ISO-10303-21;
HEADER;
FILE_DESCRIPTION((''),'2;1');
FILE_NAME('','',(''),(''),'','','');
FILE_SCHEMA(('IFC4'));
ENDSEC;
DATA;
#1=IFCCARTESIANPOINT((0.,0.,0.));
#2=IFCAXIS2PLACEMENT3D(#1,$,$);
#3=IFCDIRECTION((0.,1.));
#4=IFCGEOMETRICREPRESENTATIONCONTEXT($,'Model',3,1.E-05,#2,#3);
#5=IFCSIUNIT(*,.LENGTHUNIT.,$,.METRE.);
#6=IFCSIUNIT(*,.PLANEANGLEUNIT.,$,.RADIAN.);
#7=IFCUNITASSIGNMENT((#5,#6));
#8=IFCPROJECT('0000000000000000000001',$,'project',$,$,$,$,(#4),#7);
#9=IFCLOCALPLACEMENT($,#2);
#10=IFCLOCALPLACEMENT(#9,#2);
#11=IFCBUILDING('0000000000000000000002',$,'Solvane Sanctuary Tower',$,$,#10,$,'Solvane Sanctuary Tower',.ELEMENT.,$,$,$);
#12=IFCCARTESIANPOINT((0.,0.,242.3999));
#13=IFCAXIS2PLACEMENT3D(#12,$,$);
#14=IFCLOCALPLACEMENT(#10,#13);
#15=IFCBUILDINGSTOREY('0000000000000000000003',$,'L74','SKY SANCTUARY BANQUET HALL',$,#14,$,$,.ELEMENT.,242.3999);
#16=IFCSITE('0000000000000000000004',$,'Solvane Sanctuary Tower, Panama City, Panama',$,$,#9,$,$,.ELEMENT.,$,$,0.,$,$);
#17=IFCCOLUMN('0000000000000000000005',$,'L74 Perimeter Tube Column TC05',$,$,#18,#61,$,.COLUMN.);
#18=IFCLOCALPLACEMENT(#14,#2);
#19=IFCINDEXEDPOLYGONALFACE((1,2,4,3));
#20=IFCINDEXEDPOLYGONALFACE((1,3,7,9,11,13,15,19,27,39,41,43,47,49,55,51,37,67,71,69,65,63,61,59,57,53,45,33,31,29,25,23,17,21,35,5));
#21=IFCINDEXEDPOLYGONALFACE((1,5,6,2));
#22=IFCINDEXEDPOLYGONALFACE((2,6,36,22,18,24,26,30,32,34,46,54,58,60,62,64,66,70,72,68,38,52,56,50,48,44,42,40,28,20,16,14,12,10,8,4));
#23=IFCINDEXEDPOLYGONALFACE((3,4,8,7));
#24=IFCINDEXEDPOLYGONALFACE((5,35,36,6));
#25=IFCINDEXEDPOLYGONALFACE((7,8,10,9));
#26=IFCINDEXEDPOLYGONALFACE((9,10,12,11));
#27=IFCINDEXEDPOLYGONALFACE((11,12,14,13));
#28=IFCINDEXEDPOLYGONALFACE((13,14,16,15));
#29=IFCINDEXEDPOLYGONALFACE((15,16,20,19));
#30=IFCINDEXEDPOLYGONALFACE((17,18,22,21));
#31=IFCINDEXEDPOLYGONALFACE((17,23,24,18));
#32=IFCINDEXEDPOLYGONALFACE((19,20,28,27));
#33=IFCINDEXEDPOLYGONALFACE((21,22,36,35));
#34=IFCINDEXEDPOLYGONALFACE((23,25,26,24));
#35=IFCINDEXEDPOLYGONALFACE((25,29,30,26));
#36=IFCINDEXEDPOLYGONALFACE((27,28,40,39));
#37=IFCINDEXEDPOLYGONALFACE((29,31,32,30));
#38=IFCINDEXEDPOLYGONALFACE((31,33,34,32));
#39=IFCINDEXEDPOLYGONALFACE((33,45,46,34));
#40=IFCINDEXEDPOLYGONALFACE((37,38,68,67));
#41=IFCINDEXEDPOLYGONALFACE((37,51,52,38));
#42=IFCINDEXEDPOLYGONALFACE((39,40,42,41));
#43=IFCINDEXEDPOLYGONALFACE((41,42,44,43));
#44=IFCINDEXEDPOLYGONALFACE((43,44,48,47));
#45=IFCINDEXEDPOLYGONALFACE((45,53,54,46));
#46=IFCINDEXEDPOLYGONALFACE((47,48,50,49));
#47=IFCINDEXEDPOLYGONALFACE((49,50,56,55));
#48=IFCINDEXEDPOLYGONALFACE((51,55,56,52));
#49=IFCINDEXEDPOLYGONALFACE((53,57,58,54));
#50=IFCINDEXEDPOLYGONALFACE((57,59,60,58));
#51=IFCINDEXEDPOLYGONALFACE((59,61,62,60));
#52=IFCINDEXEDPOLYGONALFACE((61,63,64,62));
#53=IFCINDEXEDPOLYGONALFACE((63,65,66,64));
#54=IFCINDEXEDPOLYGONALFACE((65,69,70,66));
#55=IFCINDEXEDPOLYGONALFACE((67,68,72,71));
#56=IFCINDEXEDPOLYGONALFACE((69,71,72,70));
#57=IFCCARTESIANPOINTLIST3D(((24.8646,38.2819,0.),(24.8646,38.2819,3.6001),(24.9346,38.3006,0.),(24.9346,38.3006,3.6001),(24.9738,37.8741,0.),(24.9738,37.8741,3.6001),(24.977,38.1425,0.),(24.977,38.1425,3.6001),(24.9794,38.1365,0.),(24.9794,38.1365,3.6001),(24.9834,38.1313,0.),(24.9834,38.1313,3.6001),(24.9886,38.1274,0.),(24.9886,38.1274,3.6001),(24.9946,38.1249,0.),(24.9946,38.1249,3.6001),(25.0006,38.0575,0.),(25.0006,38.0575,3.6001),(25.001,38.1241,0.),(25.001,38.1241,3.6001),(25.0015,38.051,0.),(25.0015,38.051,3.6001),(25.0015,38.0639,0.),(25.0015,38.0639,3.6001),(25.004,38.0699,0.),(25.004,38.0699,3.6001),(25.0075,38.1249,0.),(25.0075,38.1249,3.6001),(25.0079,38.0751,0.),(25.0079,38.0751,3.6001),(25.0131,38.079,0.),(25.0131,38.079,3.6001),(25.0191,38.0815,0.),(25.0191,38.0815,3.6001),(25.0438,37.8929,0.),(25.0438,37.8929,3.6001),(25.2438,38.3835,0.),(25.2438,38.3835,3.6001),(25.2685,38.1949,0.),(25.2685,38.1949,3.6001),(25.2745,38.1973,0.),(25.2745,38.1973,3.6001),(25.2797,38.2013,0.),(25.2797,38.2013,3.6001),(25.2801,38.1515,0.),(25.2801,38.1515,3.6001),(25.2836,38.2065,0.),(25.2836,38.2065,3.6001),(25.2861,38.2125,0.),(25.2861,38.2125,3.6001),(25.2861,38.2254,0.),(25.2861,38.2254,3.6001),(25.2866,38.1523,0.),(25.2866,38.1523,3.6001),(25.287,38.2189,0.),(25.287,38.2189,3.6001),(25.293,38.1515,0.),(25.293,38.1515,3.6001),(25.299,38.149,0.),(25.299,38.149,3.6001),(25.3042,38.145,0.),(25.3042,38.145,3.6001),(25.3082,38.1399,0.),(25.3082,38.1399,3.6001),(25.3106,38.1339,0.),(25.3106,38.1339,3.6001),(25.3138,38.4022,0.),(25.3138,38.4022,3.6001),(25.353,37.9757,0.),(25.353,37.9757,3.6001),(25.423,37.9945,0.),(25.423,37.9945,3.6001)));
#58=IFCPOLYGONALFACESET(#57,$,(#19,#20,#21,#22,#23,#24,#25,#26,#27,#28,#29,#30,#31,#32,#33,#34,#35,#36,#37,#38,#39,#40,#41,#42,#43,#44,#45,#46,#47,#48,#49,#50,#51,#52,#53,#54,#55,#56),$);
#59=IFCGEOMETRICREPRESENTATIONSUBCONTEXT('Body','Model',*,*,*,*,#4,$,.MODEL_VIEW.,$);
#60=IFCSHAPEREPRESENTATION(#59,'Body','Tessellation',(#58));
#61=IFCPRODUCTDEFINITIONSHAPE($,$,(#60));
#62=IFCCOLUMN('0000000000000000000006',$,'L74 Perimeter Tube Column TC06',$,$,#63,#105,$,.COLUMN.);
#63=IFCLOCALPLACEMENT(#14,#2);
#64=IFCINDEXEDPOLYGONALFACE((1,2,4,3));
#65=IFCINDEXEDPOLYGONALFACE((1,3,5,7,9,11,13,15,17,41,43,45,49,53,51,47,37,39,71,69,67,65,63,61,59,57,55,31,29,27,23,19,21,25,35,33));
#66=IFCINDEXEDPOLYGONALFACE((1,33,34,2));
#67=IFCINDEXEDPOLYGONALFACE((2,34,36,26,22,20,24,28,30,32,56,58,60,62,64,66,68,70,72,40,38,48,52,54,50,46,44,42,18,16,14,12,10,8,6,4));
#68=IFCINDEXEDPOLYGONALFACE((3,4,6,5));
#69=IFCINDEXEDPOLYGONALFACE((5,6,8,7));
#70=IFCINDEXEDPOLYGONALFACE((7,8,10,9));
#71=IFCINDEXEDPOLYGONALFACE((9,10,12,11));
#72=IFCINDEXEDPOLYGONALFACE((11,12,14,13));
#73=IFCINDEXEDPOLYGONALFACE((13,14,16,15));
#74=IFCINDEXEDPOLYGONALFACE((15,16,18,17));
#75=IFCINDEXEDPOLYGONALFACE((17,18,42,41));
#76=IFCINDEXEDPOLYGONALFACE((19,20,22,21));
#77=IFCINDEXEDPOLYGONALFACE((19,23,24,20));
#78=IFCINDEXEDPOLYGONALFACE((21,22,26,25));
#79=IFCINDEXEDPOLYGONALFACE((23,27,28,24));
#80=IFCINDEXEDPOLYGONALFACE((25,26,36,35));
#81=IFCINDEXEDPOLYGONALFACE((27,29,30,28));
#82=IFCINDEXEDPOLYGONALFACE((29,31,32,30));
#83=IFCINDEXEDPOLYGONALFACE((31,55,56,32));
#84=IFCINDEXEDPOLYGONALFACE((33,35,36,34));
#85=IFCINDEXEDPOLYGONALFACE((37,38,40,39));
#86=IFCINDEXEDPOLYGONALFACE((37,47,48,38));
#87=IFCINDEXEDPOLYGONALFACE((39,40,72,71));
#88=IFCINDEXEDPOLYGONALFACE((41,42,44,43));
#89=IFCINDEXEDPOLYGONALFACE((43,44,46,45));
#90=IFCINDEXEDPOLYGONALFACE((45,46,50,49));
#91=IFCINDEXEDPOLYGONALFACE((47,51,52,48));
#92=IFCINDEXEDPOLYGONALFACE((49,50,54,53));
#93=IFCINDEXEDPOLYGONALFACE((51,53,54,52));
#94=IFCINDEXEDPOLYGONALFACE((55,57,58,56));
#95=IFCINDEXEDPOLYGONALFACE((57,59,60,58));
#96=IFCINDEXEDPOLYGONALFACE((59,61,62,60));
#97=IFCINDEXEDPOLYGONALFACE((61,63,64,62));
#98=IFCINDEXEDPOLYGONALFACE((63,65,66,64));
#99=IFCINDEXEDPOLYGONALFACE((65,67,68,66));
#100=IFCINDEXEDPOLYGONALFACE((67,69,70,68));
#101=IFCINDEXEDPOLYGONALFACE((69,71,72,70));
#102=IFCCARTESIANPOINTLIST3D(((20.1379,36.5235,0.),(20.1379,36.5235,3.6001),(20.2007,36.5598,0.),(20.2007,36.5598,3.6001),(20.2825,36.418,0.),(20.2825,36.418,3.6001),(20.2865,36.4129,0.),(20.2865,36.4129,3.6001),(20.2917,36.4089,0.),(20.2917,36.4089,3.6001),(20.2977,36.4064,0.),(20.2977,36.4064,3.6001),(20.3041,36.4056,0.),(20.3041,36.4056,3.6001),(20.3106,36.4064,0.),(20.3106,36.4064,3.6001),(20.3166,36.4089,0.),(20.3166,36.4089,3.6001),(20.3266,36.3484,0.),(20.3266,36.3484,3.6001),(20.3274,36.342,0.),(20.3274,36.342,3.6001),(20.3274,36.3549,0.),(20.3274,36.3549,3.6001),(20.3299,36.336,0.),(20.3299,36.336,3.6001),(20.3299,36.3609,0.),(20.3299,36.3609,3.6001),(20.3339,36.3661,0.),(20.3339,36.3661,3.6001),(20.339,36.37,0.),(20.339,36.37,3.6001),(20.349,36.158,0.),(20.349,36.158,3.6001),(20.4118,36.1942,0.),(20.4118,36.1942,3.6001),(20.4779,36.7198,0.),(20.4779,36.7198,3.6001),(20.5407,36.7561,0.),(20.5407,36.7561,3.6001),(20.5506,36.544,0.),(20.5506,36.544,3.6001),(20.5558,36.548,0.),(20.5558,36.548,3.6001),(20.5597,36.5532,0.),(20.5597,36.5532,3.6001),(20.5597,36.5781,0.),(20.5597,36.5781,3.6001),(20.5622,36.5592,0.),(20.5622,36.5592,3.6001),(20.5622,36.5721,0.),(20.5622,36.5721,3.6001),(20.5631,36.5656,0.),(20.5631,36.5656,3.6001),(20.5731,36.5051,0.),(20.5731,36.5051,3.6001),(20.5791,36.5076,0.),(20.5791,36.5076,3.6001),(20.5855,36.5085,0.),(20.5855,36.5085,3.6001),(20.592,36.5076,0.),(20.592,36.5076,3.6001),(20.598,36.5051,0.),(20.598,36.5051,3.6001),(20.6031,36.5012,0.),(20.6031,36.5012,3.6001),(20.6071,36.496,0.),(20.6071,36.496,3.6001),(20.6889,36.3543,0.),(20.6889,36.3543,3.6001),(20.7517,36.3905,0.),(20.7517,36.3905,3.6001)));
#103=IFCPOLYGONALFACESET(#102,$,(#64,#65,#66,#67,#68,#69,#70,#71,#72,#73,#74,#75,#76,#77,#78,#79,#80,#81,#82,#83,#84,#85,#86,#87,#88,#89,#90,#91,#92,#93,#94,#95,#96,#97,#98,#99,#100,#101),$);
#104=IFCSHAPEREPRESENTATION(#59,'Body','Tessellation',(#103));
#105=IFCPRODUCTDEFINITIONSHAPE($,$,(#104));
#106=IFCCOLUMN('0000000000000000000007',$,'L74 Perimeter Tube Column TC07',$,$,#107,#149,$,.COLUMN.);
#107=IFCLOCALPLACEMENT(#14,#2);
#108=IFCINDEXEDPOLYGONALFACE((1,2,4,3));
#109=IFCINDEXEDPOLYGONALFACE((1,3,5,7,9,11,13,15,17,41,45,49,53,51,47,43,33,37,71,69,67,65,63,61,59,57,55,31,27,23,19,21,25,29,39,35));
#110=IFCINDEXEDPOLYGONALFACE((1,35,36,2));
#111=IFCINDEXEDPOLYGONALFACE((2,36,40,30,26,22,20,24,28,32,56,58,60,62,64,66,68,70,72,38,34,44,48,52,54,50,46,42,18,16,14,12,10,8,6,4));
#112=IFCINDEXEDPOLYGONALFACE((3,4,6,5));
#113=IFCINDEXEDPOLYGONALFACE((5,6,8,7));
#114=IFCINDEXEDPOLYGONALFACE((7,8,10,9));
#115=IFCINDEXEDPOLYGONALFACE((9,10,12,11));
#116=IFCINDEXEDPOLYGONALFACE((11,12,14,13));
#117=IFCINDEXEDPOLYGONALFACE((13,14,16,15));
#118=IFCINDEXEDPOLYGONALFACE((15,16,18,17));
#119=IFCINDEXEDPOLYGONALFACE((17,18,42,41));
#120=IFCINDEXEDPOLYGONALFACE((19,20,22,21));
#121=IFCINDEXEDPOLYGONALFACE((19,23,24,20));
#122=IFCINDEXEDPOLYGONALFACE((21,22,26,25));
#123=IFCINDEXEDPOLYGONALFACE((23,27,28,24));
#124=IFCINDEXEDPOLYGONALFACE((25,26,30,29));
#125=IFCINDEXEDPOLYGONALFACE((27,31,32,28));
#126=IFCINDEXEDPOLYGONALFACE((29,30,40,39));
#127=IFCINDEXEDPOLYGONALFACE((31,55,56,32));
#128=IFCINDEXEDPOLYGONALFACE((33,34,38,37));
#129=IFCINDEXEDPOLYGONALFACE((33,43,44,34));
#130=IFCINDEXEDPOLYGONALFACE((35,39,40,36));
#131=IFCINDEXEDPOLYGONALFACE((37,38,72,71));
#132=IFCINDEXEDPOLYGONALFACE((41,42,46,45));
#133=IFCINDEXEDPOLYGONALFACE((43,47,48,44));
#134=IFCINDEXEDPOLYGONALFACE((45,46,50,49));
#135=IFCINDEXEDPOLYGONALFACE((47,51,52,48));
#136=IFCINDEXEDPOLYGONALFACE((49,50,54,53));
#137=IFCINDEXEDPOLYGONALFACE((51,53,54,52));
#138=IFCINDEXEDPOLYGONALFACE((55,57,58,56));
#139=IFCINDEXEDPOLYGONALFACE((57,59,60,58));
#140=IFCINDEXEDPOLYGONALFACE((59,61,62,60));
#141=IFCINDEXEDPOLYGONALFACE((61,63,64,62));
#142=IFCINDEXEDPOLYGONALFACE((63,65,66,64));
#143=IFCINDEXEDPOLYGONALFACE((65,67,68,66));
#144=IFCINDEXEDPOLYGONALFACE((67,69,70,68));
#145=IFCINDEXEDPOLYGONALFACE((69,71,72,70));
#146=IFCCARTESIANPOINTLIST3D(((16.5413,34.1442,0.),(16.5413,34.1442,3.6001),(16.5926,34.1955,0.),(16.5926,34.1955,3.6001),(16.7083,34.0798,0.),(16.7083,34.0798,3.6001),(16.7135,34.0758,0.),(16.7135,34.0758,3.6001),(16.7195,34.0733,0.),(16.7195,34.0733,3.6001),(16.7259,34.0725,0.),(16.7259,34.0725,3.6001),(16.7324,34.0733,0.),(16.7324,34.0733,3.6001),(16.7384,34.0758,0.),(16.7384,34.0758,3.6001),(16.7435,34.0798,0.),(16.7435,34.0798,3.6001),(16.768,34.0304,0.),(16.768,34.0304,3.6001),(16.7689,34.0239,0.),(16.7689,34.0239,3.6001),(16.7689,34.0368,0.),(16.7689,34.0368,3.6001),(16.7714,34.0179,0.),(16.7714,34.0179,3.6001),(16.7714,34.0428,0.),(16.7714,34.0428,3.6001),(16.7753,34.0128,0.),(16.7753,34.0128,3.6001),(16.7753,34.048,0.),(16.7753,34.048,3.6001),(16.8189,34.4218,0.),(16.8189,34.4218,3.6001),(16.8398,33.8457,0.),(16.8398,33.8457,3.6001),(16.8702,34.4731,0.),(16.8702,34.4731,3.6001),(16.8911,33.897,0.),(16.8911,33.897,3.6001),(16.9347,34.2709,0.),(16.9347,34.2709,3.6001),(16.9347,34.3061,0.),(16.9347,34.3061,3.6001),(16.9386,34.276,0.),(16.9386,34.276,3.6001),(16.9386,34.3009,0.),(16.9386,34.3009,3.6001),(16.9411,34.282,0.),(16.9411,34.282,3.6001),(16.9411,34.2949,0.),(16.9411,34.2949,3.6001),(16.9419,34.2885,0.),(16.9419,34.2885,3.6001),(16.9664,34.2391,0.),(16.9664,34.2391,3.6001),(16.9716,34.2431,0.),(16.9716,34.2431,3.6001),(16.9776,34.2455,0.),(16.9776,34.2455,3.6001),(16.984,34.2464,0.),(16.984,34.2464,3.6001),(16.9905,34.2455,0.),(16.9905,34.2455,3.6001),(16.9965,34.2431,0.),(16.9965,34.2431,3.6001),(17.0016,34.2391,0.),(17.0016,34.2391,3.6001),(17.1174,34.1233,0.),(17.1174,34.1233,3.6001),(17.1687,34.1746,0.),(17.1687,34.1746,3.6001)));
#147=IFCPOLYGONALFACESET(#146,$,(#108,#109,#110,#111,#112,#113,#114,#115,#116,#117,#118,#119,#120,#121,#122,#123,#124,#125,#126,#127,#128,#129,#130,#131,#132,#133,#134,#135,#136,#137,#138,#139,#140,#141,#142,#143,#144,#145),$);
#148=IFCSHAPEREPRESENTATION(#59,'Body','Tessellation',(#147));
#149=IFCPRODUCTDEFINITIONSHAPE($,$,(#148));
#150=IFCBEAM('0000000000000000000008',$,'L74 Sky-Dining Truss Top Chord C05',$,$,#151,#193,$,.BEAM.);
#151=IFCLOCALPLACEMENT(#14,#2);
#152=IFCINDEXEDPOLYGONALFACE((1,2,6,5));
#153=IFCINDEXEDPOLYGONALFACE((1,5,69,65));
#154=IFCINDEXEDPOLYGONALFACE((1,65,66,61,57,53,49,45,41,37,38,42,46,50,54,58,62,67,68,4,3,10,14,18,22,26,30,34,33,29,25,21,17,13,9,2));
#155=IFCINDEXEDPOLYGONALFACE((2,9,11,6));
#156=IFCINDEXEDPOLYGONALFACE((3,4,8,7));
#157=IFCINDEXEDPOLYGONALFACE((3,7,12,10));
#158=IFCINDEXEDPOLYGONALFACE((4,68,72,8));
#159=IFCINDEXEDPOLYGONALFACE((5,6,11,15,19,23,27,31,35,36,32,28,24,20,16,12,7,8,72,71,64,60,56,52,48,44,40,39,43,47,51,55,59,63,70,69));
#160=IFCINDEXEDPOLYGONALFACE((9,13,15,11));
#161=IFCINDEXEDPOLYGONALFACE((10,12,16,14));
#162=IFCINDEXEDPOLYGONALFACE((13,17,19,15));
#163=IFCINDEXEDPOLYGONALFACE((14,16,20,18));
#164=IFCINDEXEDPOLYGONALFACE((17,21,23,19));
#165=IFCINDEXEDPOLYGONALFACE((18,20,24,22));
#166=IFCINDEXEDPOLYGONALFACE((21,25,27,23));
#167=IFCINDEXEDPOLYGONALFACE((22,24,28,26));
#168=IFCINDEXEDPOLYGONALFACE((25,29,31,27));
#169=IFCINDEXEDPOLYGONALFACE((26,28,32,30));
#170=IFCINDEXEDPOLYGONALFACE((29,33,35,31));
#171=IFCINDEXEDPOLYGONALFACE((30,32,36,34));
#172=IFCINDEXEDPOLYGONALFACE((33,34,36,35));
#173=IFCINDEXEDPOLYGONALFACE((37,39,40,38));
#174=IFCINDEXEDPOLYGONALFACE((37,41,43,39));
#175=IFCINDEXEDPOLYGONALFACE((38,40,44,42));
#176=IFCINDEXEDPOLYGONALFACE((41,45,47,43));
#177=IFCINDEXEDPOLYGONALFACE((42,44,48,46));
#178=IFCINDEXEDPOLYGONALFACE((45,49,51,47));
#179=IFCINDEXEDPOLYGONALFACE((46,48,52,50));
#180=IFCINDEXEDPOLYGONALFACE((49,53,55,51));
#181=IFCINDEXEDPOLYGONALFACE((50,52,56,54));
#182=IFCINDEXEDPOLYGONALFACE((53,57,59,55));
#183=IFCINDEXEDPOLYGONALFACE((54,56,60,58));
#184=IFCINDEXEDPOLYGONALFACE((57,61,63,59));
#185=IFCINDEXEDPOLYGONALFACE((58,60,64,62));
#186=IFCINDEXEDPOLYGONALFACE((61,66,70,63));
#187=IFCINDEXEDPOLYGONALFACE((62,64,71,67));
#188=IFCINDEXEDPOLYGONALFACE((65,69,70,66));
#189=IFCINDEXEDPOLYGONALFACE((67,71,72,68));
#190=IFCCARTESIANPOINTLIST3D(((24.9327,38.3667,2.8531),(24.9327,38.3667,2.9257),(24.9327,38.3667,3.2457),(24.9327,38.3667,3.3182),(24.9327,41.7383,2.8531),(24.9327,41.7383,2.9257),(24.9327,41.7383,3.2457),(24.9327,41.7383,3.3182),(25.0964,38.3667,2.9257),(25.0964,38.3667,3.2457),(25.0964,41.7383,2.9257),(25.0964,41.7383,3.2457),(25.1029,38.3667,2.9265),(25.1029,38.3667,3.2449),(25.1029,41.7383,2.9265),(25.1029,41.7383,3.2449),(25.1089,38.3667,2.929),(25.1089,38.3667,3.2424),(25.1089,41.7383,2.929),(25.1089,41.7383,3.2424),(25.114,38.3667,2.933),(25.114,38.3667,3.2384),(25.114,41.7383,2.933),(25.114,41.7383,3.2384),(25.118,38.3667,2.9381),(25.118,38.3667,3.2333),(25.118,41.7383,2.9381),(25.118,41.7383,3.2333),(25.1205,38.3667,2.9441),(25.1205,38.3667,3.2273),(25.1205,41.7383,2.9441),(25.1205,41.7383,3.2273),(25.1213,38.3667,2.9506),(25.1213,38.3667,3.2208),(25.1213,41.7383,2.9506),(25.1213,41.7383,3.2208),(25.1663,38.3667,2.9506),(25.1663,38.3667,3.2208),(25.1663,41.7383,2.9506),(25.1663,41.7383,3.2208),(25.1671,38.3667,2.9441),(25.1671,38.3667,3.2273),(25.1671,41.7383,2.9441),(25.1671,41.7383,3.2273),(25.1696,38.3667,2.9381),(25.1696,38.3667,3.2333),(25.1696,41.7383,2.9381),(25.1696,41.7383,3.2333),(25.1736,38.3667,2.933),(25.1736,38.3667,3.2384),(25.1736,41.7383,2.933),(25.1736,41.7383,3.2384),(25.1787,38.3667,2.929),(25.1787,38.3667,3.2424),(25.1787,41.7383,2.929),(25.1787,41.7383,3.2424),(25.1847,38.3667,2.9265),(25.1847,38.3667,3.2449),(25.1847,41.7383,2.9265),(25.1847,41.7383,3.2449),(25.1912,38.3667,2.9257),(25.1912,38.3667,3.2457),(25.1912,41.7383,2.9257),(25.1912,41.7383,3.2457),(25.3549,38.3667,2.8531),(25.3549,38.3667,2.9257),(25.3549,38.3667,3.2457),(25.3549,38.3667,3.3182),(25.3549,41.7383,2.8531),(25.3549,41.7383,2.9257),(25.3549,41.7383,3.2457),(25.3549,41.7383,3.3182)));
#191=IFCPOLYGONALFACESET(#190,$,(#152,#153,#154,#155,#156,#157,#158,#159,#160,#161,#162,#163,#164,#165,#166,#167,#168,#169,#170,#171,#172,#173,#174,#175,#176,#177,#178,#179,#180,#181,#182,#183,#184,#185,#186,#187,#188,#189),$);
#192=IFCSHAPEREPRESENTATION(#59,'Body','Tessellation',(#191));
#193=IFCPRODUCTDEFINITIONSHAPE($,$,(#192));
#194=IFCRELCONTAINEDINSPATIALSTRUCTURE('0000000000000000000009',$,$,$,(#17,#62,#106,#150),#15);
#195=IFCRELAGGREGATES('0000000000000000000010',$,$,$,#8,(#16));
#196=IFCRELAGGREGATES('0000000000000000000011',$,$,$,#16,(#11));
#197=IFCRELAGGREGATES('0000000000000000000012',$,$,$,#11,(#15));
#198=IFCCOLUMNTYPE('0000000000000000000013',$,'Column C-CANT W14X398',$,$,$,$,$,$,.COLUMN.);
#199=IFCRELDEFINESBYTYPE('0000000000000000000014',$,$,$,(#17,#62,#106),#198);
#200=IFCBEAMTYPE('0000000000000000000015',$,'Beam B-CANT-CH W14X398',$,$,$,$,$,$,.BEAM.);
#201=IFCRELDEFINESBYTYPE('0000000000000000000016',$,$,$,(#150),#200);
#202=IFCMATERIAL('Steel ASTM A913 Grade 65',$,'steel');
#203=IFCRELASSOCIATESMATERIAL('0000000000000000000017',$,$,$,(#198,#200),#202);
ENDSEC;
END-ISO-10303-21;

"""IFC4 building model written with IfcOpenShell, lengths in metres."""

from ifc_helpers import new_model, si_unit, direction, frame, origin, origin_2d, place, context, subcontext, project, spatial, i_section, extrude, material, material_profile, profile_set, type_object, element, save


model = new_model("IFC4")

# Units and contexts
model_context = context("Model", 3, precision=1e-05, world=origin(), true_north=direction((0.0, 1.0)))
body_context = subcontext(model_context, "Body", "Model", "MODEL_VIEW")
ifc_project = project(units=[si_unit("LENGTHUNIT", "METRE"), si_unit("PLANEANGLEUNIT", "RADIAN")], contexts=[model_context])

# Site, building, storey
site_placement = place(None, origin())
site = spatial("IfcSite", under=ifc_project, at=site_placement, Name="Solvane Sanctuary Tower, Panama City, Panama", CompositionType="ELEMENT", RefElevation=0.0)
building_placement = place(site_placement, origin())
building = spatial("IfcBuilding", under=site, at=building_placement, Name="Solvane Sanctuary Tower", LongName="Solvane Sanctuary Tower", CompositionType="ELEMENT")
storey_placement = place(building_placement, frame((0.0, 0.0, 242.3999)))
storey = spatial("IfcBuildingStorey", under=building, at=storey_placement, Name="L74", Description="SKY SANCTUARY BANQUET HALL", CompositionType="ELEMENT", Elevation=242.3999)

# Columns
ifc_material_1 = material(Name="Steel ASTM A913 Grade 65", Category="steel")
ifc_material_profile_1 = material_profile(ifc_material_1, i_section(OverallWidth=0.4221, OverallDepth=0.4651, WebThickness=0.0449, FlangeThickness=0.0725, FilletRadius=0.0249, at=origin_2d()), Name="W14X398")
ifc_profile_set_1 = profile_set([ifc_material_profile_1], Name="Steel ASTM A913 Grade 65")
column_type = type_object("IfcColumnType", Name="Column C-CANT W14X398", PredefinedType="COLUMN", material=ifc_profile_set_1)
for number, where, z_axis, x_axis, name in (
    (1, (25.1438, 38.1382, 0.0), (0.0, 0.0, 1.0), (-0.258819, 0.965926, 0.0), "L74 Perimeter Tube Column TC05"),
    (2, (20.4448, 36.457, 0.0), (0.0, 0.0, 1.0), (-0.5, 0.866025, 0.0), "L74 Perimeter Tube Column TC06"),
    (3, (16.855, 34.1594, 0.0), (0.0, 0.0, 1.0), (-0.707107, 0.707107, 0.0), "L74 Perimeter Tube Column TC07"),
):
    element("IfcColumn", number, at=place(storey_placement, frame(where, z_axis=z_axis, x_axis=x_axis)), inside=storey, type_object=column_type, Name=name, PredefinedType="COLUMN", context=body_context, shape_type="SweptSolid", body=[
        extrude(i_section(OverallWidth=0.4221, OverallDepth=0.4651, WebThickness=0.0449, FlangeThickness=0.0725, FilletRadius=0.0249, at=origin_2d()), origin(), (0.0, 0.0, 1.0), 3.6001),
    ])

# Beam
ifc_material_profile_2 = material_profile(ifc_material_1, i_section(OverallWidth=0.4221, OverallDepth=0.4651, WebThickness=0.0449, FlangeThickness=0.0725, FilletRadius=0.0249, at=origin_2d()), Name="W14X398")
ifc_profile_set_2 = profile_set([ifc_material_profile_2], Name="Steel ASTM A913 Grade 65")
beam_type_1 = type_object("IfcBeamType", Name="Beam B-CANT-CH W14X398", PredefinedType="BEAM", material=ifc_profile_set_2)
beam_1_placement = place(storey_placement, frame((25.1438, 38.3667, 3.0857), z_axis=(0.0, 1.0, 0.0), x_axis=(-1.0, 0.0, 0.0)))
element("IfcBeam", 4, at=beam_1_placement, inside=storey, type_object=beam_type_1, Name="L74 Sky-Dining Truss Top Chord C05", PredefinedType="BEAM", context=body_context, shape_type="SweptSolid", body=[
    extrude(i_section(OverallWidth=0.4221, OverallDepth=0.4651, WebThickness=0.0449, FlangeThickness=0.0725, FilletRadius=0.0249, at=origin_2d()), origin(), (0.0, 0.0, 1.0), 3.3716),
])

save(model, "model.ifc")
